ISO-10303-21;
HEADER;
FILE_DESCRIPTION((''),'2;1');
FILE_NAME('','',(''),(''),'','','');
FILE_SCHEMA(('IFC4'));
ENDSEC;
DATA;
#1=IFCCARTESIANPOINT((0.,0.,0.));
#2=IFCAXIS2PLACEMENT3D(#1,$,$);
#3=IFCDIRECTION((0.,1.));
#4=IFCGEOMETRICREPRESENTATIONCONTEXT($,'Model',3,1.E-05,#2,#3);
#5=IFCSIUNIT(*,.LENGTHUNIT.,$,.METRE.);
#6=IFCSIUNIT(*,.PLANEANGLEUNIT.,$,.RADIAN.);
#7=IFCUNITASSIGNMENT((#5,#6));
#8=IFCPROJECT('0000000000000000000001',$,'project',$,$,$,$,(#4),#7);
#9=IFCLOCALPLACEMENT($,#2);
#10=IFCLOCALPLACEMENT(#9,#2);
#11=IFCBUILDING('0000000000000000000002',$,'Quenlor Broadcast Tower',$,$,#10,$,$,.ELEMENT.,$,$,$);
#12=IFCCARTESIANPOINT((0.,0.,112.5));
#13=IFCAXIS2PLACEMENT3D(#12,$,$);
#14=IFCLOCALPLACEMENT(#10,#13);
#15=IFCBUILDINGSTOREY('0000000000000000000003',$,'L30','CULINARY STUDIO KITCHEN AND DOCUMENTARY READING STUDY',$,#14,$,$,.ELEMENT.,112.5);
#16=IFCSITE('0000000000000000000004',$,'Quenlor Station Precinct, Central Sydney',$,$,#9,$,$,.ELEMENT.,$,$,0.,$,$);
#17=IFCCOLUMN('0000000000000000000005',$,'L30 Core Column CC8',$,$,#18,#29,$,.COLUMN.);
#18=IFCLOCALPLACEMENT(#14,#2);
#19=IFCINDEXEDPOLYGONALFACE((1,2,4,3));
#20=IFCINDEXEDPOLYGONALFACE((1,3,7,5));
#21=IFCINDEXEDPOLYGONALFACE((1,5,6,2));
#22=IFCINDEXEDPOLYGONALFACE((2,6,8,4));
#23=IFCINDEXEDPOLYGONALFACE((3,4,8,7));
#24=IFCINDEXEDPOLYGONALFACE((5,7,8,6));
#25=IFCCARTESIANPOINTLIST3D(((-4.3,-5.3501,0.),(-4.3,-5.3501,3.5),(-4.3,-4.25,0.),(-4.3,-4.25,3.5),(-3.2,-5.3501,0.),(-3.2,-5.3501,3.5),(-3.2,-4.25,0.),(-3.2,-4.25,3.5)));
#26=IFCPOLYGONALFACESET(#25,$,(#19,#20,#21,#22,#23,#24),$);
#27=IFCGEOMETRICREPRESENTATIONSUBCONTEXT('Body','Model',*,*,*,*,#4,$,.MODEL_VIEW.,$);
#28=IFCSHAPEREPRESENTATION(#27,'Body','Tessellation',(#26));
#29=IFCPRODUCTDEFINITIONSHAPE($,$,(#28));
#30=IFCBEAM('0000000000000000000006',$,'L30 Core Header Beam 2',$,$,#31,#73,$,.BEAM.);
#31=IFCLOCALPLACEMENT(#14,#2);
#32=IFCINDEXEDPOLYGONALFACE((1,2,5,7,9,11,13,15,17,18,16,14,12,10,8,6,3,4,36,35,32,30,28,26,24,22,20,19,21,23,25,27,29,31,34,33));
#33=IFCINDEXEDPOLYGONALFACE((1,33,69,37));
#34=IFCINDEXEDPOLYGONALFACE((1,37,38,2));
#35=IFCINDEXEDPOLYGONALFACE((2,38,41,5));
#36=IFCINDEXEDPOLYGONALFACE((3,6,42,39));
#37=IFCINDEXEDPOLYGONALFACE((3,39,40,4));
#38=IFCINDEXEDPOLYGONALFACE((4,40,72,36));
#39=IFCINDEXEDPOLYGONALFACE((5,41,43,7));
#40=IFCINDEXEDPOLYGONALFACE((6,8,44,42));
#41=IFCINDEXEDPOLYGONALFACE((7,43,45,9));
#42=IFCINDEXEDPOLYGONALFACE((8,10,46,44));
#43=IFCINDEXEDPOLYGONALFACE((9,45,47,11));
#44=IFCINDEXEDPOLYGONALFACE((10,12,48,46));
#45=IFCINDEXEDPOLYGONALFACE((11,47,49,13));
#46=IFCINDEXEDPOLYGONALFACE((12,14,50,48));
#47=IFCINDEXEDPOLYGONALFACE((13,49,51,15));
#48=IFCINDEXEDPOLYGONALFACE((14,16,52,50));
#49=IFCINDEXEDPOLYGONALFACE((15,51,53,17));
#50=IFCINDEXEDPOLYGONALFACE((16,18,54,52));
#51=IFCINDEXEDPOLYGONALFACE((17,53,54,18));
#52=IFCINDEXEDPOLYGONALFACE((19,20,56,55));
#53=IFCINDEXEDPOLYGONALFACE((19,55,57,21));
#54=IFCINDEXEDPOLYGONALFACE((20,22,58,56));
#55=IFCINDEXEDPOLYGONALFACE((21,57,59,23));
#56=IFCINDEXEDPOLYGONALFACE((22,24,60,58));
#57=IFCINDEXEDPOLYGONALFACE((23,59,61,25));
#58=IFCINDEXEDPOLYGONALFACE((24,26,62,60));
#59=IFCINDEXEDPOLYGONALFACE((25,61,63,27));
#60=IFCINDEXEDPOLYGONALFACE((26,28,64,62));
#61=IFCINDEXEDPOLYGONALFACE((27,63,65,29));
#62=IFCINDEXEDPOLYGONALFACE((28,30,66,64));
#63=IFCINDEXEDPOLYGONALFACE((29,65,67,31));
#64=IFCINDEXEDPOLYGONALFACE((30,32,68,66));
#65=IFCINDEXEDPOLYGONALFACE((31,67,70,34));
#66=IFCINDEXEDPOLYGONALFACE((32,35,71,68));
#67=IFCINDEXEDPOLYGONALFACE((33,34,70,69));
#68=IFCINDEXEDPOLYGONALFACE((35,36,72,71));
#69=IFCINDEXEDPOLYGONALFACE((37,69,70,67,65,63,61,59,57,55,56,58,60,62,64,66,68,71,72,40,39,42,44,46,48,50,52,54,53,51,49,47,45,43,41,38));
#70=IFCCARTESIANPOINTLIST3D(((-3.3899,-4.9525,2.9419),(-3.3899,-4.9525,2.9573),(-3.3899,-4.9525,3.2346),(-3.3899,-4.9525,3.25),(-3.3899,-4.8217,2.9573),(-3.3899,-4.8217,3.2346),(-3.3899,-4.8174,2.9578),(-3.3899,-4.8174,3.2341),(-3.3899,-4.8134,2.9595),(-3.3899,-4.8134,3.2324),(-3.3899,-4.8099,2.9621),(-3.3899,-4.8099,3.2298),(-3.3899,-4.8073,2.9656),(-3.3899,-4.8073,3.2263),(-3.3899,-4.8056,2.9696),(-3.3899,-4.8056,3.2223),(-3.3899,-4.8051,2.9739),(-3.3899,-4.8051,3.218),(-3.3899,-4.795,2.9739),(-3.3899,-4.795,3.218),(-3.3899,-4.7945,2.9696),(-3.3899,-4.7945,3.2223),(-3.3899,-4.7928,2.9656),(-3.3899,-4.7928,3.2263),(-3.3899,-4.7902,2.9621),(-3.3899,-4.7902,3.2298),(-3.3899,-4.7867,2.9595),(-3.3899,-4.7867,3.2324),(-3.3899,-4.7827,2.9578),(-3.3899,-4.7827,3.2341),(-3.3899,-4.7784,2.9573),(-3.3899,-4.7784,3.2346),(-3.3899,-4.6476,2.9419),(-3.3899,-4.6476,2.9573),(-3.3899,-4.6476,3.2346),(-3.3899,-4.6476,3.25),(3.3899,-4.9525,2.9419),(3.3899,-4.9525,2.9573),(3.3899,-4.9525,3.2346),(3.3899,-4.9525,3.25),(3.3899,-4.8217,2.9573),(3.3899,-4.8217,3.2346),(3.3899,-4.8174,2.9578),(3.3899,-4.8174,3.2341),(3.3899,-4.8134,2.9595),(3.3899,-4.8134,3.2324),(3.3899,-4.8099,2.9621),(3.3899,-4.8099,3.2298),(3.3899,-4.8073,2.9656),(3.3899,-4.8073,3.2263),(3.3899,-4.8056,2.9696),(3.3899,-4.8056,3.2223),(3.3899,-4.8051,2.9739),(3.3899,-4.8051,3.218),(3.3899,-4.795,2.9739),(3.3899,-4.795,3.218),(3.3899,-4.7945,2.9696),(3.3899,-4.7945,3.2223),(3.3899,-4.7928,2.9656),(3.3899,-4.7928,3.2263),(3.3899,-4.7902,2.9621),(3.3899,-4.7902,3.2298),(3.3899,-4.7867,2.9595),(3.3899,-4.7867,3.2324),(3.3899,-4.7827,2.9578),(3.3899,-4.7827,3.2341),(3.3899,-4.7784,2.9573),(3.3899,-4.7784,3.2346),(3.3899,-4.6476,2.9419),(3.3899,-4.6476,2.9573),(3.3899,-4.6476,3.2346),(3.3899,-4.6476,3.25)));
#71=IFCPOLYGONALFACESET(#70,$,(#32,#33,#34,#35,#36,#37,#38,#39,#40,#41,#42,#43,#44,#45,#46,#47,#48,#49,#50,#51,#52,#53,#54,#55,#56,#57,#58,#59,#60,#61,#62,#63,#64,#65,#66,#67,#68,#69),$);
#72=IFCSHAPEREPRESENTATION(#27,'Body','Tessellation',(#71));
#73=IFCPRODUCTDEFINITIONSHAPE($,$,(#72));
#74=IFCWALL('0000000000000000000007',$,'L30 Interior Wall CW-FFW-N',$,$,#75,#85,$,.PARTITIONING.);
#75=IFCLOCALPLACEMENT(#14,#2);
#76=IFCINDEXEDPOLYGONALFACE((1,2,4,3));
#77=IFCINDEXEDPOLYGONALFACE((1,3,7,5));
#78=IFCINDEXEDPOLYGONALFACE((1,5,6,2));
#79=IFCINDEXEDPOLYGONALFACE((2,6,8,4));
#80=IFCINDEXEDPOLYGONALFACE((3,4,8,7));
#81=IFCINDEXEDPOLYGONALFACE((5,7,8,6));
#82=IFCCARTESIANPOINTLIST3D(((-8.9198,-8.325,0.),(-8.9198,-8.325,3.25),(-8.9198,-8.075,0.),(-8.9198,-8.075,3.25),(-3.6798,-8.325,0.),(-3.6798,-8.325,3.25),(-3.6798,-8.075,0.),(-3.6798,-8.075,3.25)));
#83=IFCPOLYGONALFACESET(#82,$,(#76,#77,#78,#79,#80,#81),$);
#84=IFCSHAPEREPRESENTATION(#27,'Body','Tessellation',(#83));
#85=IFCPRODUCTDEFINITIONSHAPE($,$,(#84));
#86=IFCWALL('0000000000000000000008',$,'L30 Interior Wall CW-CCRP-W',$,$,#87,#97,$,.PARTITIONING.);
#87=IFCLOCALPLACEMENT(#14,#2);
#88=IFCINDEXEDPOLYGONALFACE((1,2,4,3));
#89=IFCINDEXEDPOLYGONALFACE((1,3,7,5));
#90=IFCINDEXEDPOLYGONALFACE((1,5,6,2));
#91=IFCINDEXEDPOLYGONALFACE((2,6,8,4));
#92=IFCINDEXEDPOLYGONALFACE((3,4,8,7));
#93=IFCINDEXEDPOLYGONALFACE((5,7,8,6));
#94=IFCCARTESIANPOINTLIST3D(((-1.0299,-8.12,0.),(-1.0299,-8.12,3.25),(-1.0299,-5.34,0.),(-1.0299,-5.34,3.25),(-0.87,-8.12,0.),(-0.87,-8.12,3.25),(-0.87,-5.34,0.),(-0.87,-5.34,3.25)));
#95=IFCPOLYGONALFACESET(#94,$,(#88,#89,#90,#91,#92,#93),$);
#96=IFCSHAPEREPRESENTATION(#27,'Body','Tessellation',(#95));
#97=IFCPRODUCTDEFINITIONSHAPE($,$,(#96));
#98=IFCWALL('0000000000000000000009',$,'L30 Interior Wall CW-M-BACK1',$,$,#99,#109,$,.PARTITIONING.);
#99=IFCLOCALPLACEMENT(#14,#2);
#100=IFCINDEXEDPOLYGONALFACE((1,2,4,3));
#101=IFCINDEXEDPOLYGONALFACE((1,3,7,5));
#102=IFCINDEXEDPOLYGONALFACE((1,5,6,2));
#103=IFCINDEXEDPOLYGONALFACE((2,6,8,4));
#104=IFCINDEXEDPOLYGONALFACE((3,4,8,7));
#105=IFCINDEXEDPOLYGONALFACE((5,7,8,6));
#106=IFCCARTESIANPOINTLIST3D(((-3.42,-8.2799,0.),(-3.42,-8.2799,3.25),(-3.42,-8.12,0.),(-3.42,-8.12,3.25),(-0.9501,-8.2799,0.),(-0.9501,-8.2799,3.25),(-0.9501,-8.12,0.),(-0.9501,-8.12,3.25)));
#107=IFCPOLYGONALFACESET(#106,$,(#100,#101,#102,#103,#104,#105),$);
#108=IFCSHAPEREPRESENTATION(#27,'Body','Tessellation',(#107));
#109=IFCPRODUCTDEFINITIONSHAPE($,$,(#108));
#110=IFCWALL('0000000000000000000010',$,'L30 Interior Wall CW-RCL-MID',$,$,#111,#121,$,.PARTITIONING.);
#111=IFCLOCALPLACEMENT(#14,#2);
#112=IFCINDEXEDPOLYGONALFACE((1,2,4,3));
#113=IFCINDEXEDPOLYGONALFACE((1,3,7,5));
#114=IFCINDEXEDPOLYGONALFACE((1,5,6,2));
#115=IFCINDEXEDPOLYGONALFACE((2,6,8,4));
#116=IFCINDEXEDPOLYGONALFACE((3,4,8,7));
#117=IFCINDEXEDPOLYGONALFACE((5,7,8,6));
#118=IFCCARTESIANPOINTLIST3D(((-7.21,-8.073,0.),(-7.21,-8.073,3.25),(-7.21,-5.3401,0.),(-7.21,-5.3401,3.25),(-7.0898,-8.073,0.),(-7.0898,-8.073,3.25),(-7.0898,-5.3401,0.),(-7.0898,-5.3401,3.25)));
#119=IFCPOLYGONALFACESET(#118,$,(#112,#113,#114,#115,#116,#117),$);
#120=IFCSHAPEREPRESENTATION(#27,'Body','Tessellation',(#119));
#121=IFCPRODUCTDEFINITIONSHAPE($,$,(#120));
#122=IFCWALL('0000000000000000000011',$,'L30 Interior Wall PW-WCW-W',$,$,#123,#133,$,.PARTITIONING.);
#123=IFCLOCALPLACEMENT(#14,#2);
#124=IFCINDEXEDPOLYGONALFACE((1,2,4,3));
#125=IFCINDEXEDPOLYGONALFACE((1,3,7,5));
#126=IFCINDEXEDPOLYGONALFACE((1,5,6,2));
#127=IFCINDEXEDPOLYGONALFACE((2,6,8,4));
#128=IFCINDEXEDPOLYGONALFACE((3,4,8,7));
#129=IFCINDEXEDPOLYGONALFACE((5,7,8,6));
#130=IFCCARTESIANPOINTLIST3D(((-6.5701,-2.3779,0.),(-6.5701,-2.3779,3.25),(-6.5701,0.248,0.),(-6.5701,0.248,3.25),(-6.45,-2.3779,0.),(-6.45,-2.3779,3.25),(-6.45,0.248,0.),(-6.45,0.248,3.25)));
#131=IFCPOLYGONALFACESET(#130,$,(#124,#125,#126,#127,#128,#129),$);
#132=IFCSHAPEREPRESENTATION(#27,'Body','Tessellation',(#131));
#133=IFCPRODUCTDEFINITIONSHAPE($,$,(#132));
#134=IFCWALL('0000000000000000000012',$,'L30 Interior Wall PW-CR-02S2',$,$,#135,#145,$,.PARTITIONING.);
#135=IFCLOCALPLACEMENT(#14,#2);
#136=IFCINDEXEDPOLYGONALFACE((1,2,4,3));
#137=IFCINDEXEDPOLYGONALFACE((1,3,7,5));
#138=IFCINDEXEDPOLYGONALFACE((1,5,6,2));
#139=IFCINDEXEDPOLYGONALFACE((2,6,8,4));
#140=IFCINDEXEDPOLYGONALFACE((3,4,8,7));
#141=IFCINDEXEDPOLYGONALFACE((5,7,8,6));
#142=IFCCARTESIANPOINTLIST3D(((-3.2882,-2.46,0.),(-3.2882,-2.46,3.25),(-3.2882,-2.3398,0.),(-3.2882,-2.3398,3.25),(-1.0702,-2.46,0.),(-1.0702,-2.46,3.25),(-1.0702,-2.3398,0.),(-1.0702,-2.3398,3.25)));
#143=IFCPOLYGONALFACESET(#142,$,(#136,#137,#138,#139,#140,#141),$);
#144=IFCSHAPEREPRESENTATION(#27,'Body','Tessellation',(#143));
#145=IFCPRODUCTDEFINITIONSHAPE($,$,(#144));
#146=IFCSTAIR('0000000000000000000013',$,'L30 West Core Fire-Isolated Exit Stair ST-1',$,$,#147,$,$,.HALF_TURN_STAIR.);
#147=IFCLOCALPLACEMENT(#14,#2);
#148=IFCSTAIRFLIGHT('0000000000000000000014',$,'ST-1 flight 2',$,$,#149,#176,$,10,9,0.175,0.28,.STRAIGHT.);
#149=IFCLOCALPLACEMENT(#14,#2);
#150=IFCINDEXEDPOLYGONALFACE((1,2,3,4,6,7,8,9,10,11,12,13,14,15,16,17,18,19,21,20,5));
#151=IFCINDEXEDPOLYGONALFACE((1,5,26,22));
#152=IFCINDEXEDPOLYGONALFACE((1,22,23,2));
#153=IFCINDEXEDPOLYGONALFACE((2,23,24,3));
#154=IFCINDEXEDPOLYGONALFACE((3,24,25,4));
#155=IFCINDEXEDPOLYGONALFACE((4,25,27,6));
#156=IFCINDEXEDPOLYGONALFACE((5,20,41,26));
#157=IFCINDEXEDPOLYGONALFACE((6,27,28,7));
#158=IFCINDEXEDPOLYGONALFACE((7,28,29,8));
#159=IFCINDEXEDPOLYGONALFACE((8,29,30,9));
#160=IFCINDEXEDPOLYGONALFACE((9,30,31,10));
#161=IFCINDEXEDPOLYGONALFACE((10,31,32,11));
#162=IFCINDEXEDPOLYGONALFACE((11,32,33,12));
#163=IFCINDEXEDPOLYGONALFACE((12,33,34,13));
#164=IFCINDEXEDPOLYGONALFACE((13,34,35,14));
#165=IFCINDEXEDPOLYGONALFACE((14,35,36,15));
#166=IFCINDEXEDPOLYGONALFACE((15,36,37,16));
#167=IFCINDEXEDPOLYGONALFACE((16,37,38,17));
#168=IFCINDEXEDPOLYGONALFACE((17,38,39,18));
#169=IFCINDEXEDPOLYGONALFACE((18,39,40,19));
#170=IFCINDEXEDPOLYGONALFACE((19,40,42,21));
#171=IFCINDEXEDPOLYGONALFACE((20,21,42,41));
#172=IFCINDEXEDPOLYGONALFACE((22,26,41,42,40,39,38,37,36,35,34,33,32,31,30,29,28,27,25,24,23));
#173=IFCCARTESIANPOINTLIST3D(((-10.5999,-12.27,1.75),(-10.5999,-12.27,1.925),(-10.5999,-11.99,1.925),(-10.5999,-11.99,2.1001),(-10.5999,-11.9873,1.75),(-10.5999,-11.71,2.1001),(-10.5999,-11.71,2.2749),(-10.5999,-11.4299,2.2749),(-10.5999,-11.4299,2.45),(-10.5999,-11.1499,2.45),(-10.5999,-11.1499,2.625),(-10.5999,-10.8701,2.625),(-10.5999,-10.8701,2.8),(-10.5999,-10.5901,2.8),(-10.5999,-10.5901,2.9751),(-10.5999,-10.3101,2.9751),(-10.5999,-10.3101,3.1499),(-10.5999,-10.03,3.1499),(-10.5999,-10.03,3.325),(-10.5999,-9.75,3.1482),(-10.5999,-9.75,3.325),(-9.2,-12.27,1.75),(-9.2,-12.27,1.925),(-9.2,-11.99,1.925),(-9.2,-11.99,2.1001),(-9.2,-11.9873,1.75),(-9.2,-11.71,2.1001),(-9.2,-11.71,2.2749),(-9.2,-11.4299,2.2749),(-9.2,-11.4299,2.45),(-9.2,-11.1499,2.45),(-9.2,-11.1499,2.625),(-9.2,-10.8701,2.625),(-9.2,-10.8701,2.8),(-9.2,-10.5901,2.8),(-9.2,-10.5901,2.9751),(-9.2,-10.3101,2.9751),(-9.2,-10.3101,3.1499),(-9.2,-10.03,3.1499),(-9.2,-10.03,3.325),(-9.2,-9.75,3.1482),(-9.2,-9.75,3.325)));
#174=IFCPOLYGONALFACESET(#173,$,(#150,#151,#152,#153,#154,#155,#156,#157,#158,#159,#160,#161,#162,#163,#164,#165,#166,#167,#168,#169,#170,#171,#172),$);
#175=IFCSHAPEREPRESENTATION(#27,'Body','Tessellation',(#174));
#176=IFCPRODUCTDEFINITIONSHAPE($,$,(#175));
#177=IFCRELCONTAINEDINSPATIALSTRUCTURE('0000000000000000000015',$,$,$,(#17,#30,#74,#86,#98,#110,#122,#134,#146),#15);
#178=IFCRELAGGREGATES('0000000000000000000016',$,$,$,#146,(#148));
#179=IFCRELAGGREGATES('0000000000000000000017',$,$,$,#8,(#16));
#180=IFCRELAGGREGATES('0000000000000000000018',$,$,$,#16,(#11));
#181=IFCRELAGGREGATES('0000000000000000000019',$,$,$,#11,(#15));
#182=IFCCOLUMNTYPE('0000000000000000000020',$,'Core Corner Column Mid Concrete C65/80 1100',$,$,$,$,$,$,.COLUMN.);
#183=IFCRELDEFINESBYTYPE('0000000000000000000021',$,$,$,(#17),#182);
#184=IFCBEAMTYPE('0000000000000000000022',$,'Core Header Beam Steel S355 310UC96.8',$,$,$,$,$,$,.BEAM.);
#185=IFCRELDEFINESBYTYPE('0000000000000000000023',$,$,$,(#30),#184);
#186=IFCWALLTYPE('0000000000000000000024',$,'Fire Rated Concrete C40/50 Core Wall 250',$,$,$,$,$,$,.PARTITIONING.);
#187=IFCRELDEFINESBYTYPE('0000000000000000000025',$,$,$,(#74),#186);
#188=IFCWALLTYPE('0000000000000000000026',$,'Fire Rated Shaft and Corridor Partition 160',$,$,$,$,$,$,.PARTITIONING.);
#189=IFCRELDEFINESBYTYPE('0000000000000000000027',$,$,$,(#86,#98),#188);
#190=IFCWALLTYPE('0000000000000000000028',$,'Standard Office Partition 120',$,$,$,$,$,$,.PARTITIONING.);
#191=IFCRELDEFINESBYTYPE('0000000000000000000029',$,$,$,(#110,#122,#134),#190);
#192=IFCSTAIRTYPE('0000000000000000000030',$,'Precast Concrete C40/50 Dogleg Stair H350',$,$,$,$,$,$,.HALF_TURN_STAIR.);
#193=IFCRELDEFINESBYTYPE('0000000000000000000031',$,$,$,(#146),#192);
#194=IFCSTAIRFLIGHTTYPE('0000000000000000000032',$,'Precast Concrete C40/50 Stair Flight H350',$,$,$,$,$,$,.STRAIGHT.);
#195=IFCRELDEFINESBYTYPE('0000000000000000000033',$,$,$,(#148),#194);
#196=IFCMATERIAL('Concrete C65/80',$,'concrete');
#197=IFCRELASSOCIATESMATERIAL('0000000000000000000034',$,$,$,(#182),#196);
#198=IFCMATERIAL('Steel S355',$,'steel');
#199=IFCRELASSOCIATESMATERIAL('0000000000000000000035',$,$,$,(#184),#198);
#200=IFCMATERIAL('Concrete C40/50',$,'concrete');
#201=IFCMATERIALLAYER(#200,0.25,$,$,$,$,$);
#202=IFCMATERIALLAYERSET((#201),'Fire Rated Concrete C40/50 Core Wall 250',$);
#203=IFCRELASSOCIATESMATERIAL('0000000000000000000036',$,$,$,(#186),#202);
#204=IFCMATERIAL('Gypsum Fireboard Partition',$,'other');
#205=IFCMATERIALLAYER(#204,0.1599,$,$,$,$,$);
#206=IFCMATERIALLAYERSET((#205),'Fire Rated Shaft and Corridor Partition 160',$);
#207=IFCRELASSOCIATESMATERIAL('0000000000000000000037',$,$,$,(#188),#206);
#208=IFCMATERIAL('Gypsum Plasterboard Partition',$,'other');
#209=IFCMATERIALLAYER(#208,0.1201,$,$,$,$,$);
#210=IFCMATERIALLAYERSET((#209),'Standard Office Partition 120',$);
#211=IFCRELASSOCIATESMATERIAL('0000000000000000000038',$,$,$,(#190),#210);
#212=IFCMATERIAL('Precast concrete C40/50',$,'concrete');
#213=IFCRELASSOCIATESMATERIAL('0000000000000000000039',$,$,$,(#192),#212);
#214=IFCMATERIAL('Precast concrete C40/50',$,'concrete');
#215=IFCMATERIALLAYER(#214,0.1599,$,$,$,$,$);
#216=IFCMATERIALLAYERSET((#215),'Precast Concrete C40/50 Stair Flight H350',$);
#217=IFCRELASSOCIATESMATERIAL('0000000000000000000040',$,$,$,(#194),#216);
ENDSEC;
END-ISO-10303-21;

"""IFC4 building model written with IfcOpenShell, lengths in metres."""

from ifc_helpers import new_model, si_unit, direction, frame, frame_2d, origin, origin_2d, place, context, subcontext, project, spatial, polyline, rectangle, i_section, outline, extrude, material, layer, layer_set, material_profile, profile_set, type_object, element, aggregate, save


model = new_model("IFC4")

# Units and contexts
model_context = context("Model", 3, precision=1e-05, world=origin(), true_north=direction((0.0, 1.0)))
body_context = subcontext(model_context, "Body", "Model", "MODEL_VIEW")
ifc_project = project(units=[si_unit("LENGTHUNIT", "METRE"), si_unit("PLANEANGLEUNIT", "RADIAN")], contexts=[model_context])

# Site, building, storey
site_placement = place(None, origin())
site = spatial("IfcSite", under=ifc_project, at=site_placement, Name="Quenlor Station Precinct, Central Sydney", CompositionType="ELEMENT", RefElevation=0.0)
building_placement = place(site_placement, origin())
building = spatial("IfcBuilding", under=site, at=building_placement, Name="Quenlor Broadcast Tower", CompositionType="ELEMENT")
storey_placement = place(building_placement, frame((0.0, 0.0, 112.5)))
storey = spatial("IfcBuildingStorey", under=building, at=storey_placement, Name="L30", Description="CULINARY STUDIO KITCHEN AND DOCUMENTARY READING STUDY", CompositionType="ELEMENT", Elevation=112.5)

# Column
ifc_material_1 = material(Name="Concrete C65/80", Category="concrete")
ifc_material_profile_1 = material_profile(ifc_material_1, rectangle(XDim=1.1001, YDim=1.1001, at=origin_2d()))
ifc_profile_set_1 = profile_set([ifc_material_profile_1], Name="Concrete C65/80 RC1100x1100")
column_type = type_object("IfcColumnType", Name="Core Corner Column Mid Concrete C65/80 1100", PredefinedType="COLUMN", material=ifc_profile_set_1)
column_placement = place(storey_placement, frame((-3.75, -4.8, 0.0), z_axis=(0.0, 0.0, 1.0), x_axis=(1.0, 0.0, 0.0)))
element("IfcColumn", 1, at=column_placement, inside=storey, type_object=column_type, Name="L30 Core Column CC8", PredefinedType="COLUMN", context=body_context, shape_type="SweptSolid", body=[
    extrude(rectangle(XDim=1.1001, YDim=1.1001, at=origin_2d()), origin(), (0.0, 0.0, 1.0), 3.5),
])

# Beam
ifc_material_2 = material(Name="Steel S355", Category="steel")
ifc_material_profile_2 = material_profile(ifc_material_2, i_section(OverallWidth=0.3049, OverallDepth=0.3081, WebThickness=0.01, FlangeThickness=0.0154, FilletRadius=0.0166, at=origin_2d()))
ifc_profile_set_2 = profile_set([ifc_material_profile_2], Name="Steel S355 310UC96.8")
beam_type = type_object("IfcBeamType", Name="Core Header Beam Steel S355 310UC96.8", PredefinedType="BEAM", material=ifc_profile_set_2)
beam_placement = place(storey_placement, frame((-3.3899, -4.8, 3.0959), z_axis=(1.0, 0.0, 0.0), x_axis=(0.0, 1.0, 0.0)))
element("IfcBeam", 2, at=beam_placement, inside=storey, type_object=beam_type, Name="L30 Core Header Beam 2", PredefinedType="BEAM", context=body_context, shape_type="SweptSolid", body=[
    extrude(i_section(OverallWidth=0.3049, OverallDepth=0.3081, WebThickness=0.01, FlangeThickness=0.0154, FilletRadius=0.0166, at=origin_2d()), origin(), (0.0, 0.0, 1.0), 6.7798),
])

# Shared definitions
ifc_material_3 = material(Name="Concrete C40/50", Category="concrete")
ifc_layer_1 = layer(ifc_material_3, 0.25)
ifc_layer_set_1 = layer_set([ifc_layer_1], Name="Fire Rated Concrete C40/50 Core Wall 250")
wall_type_1 = type_object("IfcWallType", Name="Fire Rated Concrete C40/50 Core Wall 250", PredefinedType="PARTITIONING", material=ifc_layer_set_1)

# Wall
wall_1_placement = place(storey_placement, frame((-8.9199, -8.2, 0.0), z_axis=(0.0, 0.0, 1.0), x_axis=(1.0, 0.0, 0.0)))
element("IfcWall", 3, at=wall_1_placement, inside=storey, type_object=wall_type_1, Name="L30 Interior Wall CW-FFW-N", PredefinedType="PARTITIONING", context=body_context, shape_type="SweptSolid", body=[
    extrude(rectangle(XDim=5.24, YDim=0.25, at=frame_2d((2.6201, 0.0))), origin(), (0.0, 0.0, 1.0), 3.25),
])

# Walls
ifc_material_4 = material(Name="Gypsum Fireboard Partition", Category="other")
ifc_layer_2 = layer(ifc_material_4, 0.1599)
ifc_layer_set_2 = layer_set([ifc_layer_2], Name="Fire Rated Shaft and Corridor Partition 160")
wall_type_2 = type_object("IfcWallType", Name="Fire Rated Shaft and Corridor Partition 160", PredefinedType="PARTITIONING", material=ifc_layer_set_2)
wall_2_placement = place(storey_placement, frame((-0.95, -8.1201, 0.0), z_axis=(0.0, 0.0, 1.0), x_axis=(0.0, 1.0, 0.0)))
element("IfcWall", 4, at=wall_2_placement, inside=storey, type_object=wall_type_2, Name="L30 Interior Wall CW-CCRP-W", PredefinedType="PARTITIONING", context=body_context, shape_type="SweptSolid", body=[
    extrude(rectangle(XDim=2.78, YDim=0.1599, at=frame_2d((1.3901, 0.0))), origin(), (0.0, 0.0, 1.0), 3.25),
])
wall_3_placement = place(storey_placement, frame((-3.4199, -8.2, 0.0), z_axis=(0.0, 0.0, 1.0), x_axis=(1.0, 0.0, 0.0)))
element("IfcWall", 5, at=wall_3_placement, inside=storey, type_object=wall_type_2, Name="L30 Interior Wall CW-M-BACK1", PredefinedType="PARTITIONING", context=body_context, shape_type="SweptSolid", body=[
    extrude(rectangle(XDim=2.47, YDim=0.1599, at=frame_2d((1.2349, 0.0))), origin(), (0.0, 0.0, 1.0), 3.25),
])
ifc_material_5 = material(Name="Gypsum Plasterboard Partition", Category="other")
ifc_layer_3 = layer(ifc_material_5, 0.1201)
ifc_layer_set_3 = layer_set([ifc_layer_3], Name="Standard Office Partition 120")
wall_type_3 = type_object("IfcWallType", Name="Standard Office Partition 120", PredefinedType="PARTITIONING", material=ifc_layer_set_3)
wall_4_placement = place(storey_placement, frame((-7.1499, -8.073, 0.0), z_axis=(0.0, 0.0, 1.0), x_axis=(0.0, 1.0, 0.0)))
element("IfcWall", 6, at=wall_4_placement, inside=storey, type_object=wall_type_3, Name="L30 Interior Wall CW-RCL-MID", PredefinedType="PARTITIONING", context=body_context, shape_type="SweptSolid", body=[
    extrude(rectangle(XDim=2.7329, YDim=0.1201, at=frame_2d((1.3665, 0.0))), origin(), (0.0, 0.0, 1.0), 3.25),
])

# Walls
wall_5_placement = place(storey_placement, frame((-6.51, -2.3779, 0.0), z_axis=(0.0, 0.0, 1.0), x_axis=(0.0, 1.0, 0.0)))
element("IfcWall", 7, at=wall_5_placement, inside=storey, type_object=wall_type_3, Name="L30 Interior Wall PW-WCW-W", PredefinedType="PARTITIONING", context=body_context, shape_type="SweptSolid", body=[
    extrude(rectangle(XDim=2.626, YDim=0.1201, at=frame_2d((1.313, 0.0))), origin(), (0.0, 0.0, 1.0), 3.25),
])
wall_6_placement = place(storey_placement, frame((-3.2881, -2.3999, 0.0), z_axis=(0.0, 0.0, 1.0), x_axis=(1.0, 0.0, 0.0)))
element("IfcWall", 8, at=wall_6_placement, inside=storey, type_object=wall_type_3, Name="L30 Interior Wall PW-CR-02S2", PredefinedType="PARTITIONING", context=body_context, shape_type="SweptSolid", body=[
    extrude(rectangle(XDim=2.218, YDim=0.1201, at=frame_2d((1.1089, 0.0))), origin(), (0.0, 0.0, 1.0), 3.25),
])

# Stair, stair flight
ifc_material_6 = material(Name="Precast concrete C40/50", Category="concrete")
stair_type = type_object("IfcStairType", Name="Precast Concrete C40/50 Dogleg Stair H350", PredefinedType="HALF_TURN_STAIR", material=ifc_material_6)
stair_placement = place(storey_placement, origin())
stair = element("IfcStair", 9, at=stair_placement, inside=storey, type_object=stair_type, Name="L30 West Core Fire-Isolated Exit Stair ST-1", PredefinedType="HALF_TURN_STAIR")
ifc_material_7 = material(Name="Precast concrete C40/50", Category="concrete")
ifc_layer_4 = layer(ifc_material_7, 0.1599)
ifc_layer_set_4 = layer_set([ifc_layer_4], Name="Precast Concrete C40/50 Stair Flight H350")
stair_flight_type = type_object("IfcStairFlightType", Name="Precast Concrete C40/50 Stair Flight H350", PredefinedType="STRAIGHT", material=ifc_layer_set_4)
stair_flight_placement = place(storey_placement, frame((-9.8999, -12.27, 1.75), z_axis=(0.0, 0.0, 1.0), x_axis=(0.0, 1.0, 0.0)))
stair_flight = element("IfcStairFlight", 10, at=stair_flight_placement, type_object=stair_flight_type, Name="ST-1 flight 2", NumberOfRisers=10, NumberOfTreads=9, PredefinedType="STRAIGHT", RiserHeight=0.175, TreadLength=0.28, context=body_context, shape_type="SweptSolid", body=[
    extrude(outline(polyline([(0.0, 0.0), (0.0, 0.175), (0.28, 0.175), (0.28, 0.3501), (0.5601, 0.3501), (0.5601, 0.5249), (0.8401, 0.5249), (0.8401, 0.7), (1.1201, 0.7), (1.1201, 0.875), (1.3999, 0.875), (1.3999, 1.05), (1.6799, 1.05), (1.6799, 1.2251), (1.96, 1.2251), (1.96, 1.3999), (2.24, 1.3999), (2.24, 1.575), (2.52, 1.575), (2.52, 1.75), (2.52, 1.3982), (0.2827, 0.0), (0.0, 0.0)])), frame((0.0, 0.7, 0.0), z_axis=(0.0, -1.0, 0.0), x_axis=(1.0, 0.0, 0.0)), (0.0, 0.0, 1.0), 1.3999),
])
aggregate(stair, [stair_flight])

save(model, "model.ifc")
